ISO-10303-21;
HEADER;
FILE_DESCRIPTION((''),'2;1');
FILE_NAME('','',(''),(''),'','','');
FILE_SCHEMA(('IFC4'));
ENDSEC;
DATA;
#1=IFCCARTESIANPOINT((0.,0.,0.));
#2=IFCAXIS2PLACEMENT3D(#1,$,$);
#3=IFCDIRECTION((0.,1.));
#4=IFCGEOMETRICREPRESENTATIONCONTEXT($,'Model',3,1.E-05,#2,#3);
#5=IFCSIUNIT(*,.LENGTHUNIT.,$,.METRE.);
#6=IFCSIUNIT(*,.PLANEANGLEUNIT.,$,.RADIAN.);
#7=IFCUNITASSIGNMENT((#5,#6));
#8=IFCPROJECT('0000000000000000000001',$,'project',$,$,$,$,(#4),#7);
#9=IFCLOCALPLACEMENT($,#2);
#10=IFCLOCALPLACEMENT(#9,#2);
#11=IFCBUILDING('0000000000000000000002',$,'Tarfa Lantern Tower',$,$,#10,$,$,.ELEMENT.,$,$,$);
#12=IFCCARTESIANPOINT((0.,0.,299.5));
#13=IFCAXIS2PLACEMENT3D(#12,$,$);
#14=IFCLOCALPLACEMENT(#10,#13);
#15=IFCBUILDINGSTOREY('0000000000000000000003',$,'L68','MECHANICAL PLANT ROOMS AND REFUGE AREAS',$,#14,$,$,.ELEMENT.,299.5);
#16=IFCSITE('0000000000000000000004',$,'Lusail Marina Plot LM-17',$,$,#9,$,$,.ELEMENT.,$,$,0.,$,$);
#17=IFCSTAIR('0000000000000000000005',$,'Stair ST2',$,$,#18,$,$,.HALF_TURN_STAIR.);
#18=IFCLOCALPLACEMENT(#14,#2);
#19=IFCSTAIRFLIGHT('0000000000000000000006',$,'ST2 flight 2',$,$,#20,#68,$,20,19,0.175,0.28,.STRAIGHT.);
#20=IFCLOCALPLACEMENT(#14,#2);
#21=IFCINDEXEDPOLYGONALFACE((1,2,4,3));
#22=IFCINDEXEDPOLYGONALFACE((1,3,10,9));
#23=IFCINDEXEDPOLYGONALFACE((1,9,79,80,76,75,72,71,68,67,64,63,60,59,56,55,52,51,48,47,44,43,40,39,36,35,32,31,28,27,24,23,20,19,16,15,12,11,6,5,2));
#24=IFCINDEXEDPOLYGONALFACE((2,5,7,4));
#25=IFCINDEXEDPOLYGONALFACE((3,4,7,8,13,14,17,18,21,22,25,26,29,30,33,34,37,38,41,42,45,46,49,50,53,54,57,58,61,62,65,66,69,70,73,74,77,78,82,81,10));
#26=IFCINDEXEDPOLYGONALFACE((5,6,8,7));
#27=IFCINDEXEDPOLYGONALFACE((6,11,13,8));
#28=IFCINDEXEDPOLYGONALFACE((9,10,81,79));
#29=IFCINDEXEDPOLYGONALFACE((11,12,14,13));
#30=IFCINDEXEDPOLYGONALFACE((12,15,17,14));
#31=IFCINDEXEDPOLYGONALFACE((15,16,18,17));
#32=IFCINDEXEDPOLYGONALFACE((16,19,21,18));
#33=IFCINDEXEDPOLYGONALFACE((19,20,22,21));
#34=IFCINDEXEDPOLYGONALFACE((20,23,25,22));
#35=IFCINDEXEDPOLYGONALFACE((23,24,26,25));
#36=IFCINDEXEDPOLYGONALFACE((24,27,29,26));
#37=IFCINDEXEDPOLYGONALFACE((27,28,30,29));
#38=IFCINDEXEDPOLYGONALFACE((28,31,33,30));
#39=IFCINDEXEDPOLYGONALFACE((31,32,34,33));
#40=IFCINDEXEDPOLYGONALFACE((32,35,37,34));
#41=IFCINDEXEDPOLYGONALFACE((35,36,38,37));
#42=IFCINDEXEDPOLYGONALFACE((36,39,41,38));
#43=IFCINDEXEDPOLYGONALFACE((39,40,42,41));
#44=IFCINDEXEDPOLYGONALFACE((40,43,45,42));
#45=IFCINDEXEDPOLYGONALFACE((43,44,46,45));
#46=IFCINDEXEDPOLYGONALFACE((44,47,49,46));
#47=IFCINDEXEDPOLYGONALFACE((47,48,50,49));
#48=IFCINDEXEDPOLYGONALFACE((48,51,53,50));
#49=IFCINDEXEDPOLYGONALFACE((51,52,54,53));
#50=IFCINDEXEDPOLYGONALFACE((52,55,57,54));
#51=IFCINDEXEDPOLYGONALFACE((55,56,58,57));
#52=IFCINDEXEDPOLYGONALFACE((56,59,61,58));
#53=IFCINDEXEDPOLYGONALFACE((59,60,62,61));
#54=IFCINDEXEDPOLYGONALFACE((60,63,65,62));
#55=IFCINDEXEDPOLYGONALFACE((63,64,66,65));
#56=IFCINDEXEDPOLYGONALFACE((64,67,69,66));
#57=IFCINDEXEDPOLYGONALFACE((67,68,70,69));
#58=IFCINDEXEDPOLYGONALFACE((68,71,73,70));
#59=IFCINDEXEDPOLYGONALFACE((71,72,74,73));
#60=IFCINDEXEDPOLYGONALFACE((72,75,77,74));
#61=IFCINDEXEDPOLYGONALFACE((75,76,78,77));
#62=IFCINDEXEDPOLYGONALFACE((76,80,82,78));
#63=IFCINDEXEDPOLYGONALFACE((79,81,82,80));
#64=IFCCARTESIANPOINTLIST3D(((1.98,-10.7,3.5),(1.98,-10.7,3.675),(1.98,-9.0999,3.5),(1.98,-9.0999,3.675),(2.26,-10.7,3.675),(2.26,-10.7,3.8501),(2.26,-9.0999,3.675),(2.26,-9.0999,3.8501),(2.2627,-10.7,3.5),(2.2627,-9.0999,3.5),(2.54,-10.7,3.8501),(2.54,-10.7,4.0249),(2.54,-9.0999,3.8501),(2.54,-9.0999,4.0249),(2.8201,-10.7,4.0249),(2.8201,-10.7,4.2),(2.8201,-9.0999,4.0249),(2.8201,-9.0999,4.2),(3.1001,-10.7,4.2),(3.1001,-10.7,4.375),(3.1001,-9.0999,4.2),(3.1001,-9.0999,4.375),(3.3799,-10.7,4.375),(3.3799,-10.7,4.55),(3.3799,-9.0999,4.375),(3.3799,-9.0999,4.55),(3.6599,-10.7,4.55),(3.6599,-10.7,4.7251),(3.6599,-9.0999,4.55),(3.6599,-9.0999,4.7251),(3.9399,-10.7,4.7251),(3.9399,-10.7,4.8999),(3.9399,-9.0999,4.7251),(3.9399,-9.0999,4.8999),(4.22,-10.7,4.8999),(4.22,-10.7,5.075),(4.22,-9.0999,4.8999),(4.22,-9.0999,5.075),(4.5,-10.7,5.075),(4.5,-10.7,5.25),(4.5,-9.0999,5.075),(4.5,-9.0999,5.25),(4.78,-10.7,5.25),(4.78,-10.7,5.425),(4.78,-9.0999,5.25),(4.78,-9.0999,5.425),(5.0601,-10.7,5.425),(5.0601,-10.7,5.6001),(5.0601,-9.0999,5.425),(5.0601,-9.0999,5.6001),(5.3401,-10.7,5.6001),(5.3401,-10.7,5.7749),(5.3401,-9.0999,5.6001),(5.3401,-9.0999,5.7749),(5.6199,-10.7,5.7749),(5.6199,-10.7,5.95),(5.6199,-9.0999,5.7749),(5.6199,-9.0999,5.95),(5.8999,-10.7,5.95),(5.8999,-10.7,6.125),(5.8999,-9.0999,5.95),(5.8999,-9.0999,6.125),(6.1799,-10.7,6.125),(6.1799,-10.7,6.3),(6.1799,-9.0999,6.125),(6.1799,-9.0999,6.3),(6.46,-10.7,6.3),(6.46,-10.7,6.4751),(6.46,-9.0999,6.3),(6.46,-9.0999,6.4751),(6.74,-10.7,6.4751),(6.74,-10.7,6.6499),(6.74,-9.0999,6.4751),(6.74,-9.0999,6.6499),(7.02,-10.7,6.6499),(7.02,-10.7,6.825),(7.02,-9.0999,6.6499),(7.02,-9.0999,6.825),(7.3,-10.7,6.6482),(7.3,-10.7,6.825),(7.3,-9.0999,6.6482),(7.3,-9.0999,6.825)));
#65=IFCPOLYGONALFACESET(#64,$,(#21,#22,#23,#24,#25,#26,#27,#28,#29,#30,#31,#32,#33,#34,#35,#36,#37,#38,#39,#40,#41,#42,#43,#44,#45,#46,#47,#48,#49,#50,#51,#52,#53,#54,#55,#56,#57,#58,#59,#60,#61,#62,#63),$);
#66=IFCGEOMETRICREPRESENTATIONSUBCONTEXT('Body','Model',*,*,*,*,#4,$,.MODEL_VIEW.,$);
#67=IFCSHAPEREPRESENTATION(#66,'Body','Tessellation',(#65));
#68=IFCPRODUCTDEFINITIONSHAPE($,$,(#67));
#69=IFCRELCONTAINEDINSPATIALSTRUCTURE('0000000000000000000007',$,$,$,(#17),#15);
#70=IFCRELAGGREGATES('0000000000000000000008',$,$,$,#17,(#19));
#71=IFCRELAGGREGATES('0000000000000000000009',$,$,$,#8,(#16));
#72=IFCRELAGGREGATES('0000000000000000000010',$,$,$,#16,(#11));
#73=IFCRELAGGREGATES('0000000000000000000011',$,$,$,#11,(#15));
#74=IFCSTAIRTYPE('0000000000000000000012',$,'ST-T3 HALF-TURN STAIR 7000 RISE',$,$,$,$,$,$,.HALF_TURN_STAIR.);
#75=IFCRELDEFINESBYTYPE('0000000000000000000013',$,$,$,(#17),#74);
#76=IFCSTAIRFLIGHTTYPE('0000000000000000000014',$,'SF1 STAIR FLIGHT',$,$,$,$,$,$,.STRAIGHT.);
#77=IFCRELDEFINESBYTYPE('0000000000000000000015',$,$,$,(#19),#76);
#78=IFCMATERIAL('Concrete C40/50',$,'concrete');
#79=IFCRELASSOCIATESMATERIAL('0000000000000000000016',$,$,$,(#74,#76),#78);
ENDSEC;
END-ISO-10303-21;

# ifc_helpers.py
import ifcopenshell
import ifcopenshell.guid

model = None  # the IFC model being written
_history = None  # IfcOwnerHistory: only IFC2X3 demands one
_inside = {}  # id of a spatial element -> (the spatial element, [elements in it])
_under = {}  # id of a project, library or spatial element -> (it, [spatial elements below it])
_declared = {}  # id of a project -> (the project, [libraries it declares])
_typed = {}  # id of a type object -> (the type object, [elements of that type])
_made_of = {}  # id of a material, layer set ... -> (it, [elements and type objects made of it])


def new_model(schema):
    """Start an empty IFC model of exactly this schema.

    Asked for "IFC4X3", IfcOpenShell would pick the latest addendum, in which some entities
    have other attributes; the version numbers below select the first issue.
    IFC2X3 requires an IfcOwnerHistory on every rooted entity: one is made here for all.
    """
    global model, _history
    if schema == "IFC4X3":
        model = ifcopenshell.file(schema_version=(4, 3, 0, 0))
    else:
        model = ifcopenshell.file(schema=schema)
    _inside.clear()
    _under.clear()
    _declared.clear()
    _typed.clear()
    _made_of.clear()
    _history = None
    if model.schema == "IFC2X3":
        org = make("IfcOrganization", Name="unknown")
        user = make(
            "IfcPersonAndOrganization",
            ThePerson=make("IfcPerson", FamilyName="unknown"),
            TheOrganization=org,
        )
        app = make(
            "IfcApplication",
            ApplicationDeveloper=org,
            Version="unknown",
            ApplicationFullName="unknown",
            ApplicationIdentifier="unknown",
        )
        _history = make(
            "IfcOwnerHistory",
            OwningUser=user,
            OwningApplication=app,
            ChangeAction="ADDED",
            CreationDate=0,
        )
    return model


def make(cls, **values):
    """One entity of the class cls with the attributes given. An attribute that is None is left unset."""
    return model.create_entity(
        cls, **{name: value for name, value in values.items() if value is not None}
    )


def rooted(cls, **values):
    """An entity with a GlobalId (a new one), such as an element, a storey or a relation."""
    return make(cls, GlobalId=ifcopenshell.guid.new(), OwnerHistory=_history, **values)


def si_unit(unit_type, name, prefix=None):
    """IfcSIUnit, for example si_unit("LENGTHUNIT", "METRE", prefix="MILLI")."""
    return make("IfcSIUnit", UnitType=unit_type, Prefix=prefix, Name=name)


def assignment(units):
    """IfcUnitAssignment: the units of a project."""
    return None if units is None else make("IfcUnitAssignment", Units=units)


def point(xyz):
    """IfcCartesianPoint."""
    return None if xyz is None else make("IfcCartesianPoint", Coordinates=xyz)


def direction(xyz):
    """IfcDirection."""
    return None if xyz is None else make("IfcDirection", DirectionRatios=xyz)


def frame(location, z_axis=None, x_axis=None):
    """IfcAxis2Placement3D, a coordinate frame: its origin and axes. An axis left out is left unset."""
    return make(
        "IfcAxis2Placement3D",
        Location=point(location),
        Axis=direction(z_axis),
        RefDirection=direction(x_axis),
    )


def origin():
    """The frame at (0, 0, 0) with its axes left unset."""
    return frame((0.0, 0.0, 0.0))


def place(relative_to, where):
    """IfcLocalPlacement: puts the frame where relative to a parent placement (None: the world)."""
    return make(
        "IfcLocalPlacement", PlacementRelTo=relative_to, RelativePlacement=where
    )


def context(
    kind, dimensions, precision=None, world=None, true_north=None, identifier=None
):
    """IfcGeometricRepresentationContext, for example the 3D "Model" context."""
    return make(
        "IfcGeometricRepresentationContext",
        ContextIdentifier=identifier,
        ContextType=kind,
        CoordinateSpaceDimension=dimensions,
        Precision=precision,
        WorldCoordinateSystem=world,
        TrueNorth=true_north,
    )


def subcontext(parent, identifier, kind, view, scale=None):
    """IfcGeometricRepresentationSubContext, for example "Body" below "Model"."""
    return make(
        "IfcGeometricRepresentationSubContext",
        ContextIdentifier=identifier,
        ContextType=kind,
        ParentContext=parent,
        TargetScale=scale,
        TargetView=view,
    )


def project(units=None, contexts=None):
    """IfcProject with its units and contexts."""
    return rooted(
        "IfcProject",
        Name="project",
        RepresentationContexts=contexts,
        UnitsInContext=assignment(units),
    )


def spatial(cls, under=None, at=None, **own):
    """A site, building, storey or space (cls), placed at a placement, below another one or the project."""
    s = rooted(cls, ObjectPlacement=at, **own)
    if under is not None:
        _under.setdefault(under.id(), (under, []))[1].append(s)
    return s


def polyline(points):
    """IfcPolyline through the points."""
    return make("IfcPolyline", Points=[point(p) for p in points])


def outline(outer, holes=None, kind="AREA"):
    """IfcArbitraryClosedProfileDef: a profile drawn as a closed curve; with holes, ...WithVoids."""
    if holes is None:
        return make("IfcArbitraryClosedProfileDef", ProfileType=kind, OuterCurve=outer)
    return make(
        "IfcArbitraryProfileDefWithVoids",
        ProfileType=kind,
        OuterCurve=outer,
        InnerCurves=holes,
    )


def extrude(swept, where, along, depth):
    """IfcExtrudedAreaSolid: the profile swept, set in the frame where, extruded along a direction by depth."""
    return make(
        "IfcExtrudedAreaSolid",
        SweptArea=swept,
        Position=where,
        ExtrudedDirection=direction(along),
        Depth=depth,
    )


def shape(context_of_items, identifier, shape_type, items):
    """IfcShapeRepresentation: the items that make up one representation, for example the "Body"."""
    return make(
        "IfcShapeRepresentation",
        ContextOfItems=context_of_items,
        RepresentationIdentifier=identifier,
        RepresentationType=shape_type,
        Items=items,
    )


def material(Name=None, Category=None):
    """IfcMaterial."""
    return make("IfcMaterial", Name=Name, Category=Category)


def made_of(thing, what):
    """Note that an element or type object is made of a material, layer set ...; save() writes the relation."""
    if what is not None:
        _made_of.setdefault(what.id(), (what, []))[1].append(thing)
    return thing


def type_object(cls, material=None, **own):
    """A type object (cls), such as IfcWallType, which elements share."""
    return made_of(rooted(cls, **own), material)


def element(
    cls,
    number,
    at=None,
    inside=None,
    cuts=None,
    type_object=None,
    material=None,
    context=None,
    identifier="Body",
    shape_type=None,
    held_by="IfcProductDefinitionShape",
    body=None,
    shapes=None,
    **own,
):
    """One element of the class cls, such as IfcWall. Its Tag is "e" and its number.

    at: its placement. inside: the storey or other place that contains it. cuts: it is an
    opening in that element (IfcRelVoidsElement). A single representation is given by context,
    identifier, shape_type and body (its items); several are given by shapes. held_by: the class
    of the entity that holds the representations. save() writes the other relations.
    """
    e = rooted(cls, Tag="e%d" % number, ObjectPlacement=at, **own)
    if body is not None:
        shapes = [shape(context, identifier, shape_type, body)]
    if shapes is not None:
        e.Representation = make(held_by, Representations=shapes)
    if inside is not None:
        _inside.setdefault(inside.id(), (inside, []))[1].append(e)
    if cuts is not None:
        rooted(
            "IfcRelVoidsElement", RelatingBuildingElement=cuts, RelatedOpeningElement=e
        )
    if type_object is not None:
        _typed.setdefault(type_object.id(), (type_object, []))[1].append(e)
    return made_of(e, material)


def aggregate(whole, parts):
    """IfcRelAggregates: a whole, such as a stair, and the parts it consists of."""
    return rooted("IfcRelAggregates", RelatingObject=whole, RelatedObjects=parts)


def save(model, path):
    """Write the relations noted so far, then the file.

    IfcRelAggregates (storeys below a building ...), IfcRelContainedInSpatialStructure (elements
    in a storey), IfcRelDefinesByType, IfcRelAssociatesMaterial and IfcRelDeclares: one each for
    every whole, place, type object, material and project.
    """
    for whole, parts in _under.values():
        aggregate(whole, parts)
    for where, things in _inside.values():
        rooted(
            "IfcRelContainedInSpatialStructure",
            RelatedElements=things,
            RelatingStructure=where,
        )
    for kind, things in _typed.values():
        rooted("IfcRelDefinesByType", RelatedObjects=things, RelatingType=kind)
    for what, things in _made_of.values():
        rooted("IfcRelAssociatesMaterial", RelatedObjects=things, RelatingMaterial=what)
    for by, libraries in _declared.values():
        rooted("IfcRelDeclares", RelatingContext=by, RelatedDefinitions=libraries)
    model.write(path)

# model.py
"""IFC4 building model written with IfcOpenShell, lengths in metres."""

from ifc_helpers import new_model, si_unit, direction, frame, origin, place, context, subcontext, project, spatial, polyline, outline, extrude, material, type_object, element, aggregate, save


model = new_model("IFC4")

# Units and contexts
model_context = context("Model", 3, precision=1e-05, world=origin(), true_north=direction((0.0, 1.0)))
body_context = subcontext(model_context, "Body", "Model", "MODEL_VIEW")
ifc_project = project(units=[si_unit("LENGTHUNIT", "METRE"), si_unit("PLANEANGLEUNIT", "RADIAN")], contexts=[model_context])

# Site, building, storey
site_placement = place(None, origin())
site = spatial("IfcSite", under=ifc_project, at=site_placement, Name="Lusail Marina Plot LM-17", CompositionType="ELEMENT", RefElevation=0.0)
building_placement = place(site_placement, origin())
building = spatial("IfcBuilding", under=site, at=building_placement, Name="Tarfa Lantern Tower", CompositionType="ELEMENT")
storey_placement = place(building_placement, frame((0.0, 0.0, 299.5)))
storey = spatial("IfcBuildingStorey", under=building, at=storey_placement, Name="L68", Description="MECHANICAL PLANT ROOMS AND REFUGE AREAS", CompositionType="ELEMENT", Elevation=299.5)

# Stair, stair flight
ifc_material_1 = material(Name="Concrete C40/50", Category="concrete")
stair_type = type_object("IfcStairType", Name="ST-T3 HALF-TURN STAIR 7000 RISE", PredefinedType="HALF_TURN_STAIR", material=ifc_material_1)
stair_placement = place(storey_placement, origin())
stair = element("IfcStair", 1, at=stair_placement, inside=storey, type_object=stair_type, Name="Stair ST2", PredefinedType="HALF_TURN_STAIR")
stair_flight_type = type_object("IfcStairFlightType", Name="SF1 STAIR FLIGHT", PredefinedType="STRAIGHT", material=ifc_material_1)
stair_flight_1_placement = place(storey_placement, frame((1.98, -9.8999, 3.5), z_axis=(0.0, 0.0, 1.0), x_axis=(1.0, 0.0, 0.0)))
stair_flight_1 = element("IfcStairFlight", 2, at=stair_flight_1_placement, type_object=stair_flight_type, Name="ST2 flight 2", NumberOfRisers=20, NumberOfTreads=19, PredefinedType="STRAIGHT", RiserHeight=0.175, TreadLength=0.28, context=body_context, shape_type="SweptSolid", body=[
    extrude(outline(polyline([(0.0, 0.0), (0.0, 0.175), (0.28, 0.175), (0.28, 0.3501), (0.5601, 0.3501), (0.5601, 0.5249), (0.8401, 0.5249), (0.8401, 0.7), (1.1201, 0.7), (1.1201, 0.875), (1.3999, 0.875), (1.3999, 1.05), (1.6799, 1.05), (1.6799, 1.2251), (1.96, 1.2251), (1.96, 1.3999), (2.24, 1.3999), (2.24, 1.575), (2.52, 1.575), (2.52, 1.75), (2.8, 1.75), (2.8, 1.925), (3.0801, 1.925), (3.0801, 2.1001), (3.3601, 2.1001), (3.3601, 2.2749), (3.6399, 2.2749), (3.6399, 2.45), (3.9199, 2.45), (3.9199, 2.625), (4.2, 2.625), (4.2, 2.8), (4.48, 2.8), (4.48, 2.9751), (4.76, 2.9751), (4.76, 3.1499), (5.04, 3.1499), (5.04, 3.325), (5.3201, 3.325), (5.3201, 3.5), (5.3201, 3.1482), (0.2827, 0.0), (0.0, 0.0)])), frame((0.0, 0.8, 0.0), z_axis=(0.0, -1.0, 0.0), x_axis=(1.0, 0.0, 0.0)), (0.0, 0.0, 1.0), 1.6001),
])
aggregate(stair, [stair_flight_1])

save(model, "model.ifc")
